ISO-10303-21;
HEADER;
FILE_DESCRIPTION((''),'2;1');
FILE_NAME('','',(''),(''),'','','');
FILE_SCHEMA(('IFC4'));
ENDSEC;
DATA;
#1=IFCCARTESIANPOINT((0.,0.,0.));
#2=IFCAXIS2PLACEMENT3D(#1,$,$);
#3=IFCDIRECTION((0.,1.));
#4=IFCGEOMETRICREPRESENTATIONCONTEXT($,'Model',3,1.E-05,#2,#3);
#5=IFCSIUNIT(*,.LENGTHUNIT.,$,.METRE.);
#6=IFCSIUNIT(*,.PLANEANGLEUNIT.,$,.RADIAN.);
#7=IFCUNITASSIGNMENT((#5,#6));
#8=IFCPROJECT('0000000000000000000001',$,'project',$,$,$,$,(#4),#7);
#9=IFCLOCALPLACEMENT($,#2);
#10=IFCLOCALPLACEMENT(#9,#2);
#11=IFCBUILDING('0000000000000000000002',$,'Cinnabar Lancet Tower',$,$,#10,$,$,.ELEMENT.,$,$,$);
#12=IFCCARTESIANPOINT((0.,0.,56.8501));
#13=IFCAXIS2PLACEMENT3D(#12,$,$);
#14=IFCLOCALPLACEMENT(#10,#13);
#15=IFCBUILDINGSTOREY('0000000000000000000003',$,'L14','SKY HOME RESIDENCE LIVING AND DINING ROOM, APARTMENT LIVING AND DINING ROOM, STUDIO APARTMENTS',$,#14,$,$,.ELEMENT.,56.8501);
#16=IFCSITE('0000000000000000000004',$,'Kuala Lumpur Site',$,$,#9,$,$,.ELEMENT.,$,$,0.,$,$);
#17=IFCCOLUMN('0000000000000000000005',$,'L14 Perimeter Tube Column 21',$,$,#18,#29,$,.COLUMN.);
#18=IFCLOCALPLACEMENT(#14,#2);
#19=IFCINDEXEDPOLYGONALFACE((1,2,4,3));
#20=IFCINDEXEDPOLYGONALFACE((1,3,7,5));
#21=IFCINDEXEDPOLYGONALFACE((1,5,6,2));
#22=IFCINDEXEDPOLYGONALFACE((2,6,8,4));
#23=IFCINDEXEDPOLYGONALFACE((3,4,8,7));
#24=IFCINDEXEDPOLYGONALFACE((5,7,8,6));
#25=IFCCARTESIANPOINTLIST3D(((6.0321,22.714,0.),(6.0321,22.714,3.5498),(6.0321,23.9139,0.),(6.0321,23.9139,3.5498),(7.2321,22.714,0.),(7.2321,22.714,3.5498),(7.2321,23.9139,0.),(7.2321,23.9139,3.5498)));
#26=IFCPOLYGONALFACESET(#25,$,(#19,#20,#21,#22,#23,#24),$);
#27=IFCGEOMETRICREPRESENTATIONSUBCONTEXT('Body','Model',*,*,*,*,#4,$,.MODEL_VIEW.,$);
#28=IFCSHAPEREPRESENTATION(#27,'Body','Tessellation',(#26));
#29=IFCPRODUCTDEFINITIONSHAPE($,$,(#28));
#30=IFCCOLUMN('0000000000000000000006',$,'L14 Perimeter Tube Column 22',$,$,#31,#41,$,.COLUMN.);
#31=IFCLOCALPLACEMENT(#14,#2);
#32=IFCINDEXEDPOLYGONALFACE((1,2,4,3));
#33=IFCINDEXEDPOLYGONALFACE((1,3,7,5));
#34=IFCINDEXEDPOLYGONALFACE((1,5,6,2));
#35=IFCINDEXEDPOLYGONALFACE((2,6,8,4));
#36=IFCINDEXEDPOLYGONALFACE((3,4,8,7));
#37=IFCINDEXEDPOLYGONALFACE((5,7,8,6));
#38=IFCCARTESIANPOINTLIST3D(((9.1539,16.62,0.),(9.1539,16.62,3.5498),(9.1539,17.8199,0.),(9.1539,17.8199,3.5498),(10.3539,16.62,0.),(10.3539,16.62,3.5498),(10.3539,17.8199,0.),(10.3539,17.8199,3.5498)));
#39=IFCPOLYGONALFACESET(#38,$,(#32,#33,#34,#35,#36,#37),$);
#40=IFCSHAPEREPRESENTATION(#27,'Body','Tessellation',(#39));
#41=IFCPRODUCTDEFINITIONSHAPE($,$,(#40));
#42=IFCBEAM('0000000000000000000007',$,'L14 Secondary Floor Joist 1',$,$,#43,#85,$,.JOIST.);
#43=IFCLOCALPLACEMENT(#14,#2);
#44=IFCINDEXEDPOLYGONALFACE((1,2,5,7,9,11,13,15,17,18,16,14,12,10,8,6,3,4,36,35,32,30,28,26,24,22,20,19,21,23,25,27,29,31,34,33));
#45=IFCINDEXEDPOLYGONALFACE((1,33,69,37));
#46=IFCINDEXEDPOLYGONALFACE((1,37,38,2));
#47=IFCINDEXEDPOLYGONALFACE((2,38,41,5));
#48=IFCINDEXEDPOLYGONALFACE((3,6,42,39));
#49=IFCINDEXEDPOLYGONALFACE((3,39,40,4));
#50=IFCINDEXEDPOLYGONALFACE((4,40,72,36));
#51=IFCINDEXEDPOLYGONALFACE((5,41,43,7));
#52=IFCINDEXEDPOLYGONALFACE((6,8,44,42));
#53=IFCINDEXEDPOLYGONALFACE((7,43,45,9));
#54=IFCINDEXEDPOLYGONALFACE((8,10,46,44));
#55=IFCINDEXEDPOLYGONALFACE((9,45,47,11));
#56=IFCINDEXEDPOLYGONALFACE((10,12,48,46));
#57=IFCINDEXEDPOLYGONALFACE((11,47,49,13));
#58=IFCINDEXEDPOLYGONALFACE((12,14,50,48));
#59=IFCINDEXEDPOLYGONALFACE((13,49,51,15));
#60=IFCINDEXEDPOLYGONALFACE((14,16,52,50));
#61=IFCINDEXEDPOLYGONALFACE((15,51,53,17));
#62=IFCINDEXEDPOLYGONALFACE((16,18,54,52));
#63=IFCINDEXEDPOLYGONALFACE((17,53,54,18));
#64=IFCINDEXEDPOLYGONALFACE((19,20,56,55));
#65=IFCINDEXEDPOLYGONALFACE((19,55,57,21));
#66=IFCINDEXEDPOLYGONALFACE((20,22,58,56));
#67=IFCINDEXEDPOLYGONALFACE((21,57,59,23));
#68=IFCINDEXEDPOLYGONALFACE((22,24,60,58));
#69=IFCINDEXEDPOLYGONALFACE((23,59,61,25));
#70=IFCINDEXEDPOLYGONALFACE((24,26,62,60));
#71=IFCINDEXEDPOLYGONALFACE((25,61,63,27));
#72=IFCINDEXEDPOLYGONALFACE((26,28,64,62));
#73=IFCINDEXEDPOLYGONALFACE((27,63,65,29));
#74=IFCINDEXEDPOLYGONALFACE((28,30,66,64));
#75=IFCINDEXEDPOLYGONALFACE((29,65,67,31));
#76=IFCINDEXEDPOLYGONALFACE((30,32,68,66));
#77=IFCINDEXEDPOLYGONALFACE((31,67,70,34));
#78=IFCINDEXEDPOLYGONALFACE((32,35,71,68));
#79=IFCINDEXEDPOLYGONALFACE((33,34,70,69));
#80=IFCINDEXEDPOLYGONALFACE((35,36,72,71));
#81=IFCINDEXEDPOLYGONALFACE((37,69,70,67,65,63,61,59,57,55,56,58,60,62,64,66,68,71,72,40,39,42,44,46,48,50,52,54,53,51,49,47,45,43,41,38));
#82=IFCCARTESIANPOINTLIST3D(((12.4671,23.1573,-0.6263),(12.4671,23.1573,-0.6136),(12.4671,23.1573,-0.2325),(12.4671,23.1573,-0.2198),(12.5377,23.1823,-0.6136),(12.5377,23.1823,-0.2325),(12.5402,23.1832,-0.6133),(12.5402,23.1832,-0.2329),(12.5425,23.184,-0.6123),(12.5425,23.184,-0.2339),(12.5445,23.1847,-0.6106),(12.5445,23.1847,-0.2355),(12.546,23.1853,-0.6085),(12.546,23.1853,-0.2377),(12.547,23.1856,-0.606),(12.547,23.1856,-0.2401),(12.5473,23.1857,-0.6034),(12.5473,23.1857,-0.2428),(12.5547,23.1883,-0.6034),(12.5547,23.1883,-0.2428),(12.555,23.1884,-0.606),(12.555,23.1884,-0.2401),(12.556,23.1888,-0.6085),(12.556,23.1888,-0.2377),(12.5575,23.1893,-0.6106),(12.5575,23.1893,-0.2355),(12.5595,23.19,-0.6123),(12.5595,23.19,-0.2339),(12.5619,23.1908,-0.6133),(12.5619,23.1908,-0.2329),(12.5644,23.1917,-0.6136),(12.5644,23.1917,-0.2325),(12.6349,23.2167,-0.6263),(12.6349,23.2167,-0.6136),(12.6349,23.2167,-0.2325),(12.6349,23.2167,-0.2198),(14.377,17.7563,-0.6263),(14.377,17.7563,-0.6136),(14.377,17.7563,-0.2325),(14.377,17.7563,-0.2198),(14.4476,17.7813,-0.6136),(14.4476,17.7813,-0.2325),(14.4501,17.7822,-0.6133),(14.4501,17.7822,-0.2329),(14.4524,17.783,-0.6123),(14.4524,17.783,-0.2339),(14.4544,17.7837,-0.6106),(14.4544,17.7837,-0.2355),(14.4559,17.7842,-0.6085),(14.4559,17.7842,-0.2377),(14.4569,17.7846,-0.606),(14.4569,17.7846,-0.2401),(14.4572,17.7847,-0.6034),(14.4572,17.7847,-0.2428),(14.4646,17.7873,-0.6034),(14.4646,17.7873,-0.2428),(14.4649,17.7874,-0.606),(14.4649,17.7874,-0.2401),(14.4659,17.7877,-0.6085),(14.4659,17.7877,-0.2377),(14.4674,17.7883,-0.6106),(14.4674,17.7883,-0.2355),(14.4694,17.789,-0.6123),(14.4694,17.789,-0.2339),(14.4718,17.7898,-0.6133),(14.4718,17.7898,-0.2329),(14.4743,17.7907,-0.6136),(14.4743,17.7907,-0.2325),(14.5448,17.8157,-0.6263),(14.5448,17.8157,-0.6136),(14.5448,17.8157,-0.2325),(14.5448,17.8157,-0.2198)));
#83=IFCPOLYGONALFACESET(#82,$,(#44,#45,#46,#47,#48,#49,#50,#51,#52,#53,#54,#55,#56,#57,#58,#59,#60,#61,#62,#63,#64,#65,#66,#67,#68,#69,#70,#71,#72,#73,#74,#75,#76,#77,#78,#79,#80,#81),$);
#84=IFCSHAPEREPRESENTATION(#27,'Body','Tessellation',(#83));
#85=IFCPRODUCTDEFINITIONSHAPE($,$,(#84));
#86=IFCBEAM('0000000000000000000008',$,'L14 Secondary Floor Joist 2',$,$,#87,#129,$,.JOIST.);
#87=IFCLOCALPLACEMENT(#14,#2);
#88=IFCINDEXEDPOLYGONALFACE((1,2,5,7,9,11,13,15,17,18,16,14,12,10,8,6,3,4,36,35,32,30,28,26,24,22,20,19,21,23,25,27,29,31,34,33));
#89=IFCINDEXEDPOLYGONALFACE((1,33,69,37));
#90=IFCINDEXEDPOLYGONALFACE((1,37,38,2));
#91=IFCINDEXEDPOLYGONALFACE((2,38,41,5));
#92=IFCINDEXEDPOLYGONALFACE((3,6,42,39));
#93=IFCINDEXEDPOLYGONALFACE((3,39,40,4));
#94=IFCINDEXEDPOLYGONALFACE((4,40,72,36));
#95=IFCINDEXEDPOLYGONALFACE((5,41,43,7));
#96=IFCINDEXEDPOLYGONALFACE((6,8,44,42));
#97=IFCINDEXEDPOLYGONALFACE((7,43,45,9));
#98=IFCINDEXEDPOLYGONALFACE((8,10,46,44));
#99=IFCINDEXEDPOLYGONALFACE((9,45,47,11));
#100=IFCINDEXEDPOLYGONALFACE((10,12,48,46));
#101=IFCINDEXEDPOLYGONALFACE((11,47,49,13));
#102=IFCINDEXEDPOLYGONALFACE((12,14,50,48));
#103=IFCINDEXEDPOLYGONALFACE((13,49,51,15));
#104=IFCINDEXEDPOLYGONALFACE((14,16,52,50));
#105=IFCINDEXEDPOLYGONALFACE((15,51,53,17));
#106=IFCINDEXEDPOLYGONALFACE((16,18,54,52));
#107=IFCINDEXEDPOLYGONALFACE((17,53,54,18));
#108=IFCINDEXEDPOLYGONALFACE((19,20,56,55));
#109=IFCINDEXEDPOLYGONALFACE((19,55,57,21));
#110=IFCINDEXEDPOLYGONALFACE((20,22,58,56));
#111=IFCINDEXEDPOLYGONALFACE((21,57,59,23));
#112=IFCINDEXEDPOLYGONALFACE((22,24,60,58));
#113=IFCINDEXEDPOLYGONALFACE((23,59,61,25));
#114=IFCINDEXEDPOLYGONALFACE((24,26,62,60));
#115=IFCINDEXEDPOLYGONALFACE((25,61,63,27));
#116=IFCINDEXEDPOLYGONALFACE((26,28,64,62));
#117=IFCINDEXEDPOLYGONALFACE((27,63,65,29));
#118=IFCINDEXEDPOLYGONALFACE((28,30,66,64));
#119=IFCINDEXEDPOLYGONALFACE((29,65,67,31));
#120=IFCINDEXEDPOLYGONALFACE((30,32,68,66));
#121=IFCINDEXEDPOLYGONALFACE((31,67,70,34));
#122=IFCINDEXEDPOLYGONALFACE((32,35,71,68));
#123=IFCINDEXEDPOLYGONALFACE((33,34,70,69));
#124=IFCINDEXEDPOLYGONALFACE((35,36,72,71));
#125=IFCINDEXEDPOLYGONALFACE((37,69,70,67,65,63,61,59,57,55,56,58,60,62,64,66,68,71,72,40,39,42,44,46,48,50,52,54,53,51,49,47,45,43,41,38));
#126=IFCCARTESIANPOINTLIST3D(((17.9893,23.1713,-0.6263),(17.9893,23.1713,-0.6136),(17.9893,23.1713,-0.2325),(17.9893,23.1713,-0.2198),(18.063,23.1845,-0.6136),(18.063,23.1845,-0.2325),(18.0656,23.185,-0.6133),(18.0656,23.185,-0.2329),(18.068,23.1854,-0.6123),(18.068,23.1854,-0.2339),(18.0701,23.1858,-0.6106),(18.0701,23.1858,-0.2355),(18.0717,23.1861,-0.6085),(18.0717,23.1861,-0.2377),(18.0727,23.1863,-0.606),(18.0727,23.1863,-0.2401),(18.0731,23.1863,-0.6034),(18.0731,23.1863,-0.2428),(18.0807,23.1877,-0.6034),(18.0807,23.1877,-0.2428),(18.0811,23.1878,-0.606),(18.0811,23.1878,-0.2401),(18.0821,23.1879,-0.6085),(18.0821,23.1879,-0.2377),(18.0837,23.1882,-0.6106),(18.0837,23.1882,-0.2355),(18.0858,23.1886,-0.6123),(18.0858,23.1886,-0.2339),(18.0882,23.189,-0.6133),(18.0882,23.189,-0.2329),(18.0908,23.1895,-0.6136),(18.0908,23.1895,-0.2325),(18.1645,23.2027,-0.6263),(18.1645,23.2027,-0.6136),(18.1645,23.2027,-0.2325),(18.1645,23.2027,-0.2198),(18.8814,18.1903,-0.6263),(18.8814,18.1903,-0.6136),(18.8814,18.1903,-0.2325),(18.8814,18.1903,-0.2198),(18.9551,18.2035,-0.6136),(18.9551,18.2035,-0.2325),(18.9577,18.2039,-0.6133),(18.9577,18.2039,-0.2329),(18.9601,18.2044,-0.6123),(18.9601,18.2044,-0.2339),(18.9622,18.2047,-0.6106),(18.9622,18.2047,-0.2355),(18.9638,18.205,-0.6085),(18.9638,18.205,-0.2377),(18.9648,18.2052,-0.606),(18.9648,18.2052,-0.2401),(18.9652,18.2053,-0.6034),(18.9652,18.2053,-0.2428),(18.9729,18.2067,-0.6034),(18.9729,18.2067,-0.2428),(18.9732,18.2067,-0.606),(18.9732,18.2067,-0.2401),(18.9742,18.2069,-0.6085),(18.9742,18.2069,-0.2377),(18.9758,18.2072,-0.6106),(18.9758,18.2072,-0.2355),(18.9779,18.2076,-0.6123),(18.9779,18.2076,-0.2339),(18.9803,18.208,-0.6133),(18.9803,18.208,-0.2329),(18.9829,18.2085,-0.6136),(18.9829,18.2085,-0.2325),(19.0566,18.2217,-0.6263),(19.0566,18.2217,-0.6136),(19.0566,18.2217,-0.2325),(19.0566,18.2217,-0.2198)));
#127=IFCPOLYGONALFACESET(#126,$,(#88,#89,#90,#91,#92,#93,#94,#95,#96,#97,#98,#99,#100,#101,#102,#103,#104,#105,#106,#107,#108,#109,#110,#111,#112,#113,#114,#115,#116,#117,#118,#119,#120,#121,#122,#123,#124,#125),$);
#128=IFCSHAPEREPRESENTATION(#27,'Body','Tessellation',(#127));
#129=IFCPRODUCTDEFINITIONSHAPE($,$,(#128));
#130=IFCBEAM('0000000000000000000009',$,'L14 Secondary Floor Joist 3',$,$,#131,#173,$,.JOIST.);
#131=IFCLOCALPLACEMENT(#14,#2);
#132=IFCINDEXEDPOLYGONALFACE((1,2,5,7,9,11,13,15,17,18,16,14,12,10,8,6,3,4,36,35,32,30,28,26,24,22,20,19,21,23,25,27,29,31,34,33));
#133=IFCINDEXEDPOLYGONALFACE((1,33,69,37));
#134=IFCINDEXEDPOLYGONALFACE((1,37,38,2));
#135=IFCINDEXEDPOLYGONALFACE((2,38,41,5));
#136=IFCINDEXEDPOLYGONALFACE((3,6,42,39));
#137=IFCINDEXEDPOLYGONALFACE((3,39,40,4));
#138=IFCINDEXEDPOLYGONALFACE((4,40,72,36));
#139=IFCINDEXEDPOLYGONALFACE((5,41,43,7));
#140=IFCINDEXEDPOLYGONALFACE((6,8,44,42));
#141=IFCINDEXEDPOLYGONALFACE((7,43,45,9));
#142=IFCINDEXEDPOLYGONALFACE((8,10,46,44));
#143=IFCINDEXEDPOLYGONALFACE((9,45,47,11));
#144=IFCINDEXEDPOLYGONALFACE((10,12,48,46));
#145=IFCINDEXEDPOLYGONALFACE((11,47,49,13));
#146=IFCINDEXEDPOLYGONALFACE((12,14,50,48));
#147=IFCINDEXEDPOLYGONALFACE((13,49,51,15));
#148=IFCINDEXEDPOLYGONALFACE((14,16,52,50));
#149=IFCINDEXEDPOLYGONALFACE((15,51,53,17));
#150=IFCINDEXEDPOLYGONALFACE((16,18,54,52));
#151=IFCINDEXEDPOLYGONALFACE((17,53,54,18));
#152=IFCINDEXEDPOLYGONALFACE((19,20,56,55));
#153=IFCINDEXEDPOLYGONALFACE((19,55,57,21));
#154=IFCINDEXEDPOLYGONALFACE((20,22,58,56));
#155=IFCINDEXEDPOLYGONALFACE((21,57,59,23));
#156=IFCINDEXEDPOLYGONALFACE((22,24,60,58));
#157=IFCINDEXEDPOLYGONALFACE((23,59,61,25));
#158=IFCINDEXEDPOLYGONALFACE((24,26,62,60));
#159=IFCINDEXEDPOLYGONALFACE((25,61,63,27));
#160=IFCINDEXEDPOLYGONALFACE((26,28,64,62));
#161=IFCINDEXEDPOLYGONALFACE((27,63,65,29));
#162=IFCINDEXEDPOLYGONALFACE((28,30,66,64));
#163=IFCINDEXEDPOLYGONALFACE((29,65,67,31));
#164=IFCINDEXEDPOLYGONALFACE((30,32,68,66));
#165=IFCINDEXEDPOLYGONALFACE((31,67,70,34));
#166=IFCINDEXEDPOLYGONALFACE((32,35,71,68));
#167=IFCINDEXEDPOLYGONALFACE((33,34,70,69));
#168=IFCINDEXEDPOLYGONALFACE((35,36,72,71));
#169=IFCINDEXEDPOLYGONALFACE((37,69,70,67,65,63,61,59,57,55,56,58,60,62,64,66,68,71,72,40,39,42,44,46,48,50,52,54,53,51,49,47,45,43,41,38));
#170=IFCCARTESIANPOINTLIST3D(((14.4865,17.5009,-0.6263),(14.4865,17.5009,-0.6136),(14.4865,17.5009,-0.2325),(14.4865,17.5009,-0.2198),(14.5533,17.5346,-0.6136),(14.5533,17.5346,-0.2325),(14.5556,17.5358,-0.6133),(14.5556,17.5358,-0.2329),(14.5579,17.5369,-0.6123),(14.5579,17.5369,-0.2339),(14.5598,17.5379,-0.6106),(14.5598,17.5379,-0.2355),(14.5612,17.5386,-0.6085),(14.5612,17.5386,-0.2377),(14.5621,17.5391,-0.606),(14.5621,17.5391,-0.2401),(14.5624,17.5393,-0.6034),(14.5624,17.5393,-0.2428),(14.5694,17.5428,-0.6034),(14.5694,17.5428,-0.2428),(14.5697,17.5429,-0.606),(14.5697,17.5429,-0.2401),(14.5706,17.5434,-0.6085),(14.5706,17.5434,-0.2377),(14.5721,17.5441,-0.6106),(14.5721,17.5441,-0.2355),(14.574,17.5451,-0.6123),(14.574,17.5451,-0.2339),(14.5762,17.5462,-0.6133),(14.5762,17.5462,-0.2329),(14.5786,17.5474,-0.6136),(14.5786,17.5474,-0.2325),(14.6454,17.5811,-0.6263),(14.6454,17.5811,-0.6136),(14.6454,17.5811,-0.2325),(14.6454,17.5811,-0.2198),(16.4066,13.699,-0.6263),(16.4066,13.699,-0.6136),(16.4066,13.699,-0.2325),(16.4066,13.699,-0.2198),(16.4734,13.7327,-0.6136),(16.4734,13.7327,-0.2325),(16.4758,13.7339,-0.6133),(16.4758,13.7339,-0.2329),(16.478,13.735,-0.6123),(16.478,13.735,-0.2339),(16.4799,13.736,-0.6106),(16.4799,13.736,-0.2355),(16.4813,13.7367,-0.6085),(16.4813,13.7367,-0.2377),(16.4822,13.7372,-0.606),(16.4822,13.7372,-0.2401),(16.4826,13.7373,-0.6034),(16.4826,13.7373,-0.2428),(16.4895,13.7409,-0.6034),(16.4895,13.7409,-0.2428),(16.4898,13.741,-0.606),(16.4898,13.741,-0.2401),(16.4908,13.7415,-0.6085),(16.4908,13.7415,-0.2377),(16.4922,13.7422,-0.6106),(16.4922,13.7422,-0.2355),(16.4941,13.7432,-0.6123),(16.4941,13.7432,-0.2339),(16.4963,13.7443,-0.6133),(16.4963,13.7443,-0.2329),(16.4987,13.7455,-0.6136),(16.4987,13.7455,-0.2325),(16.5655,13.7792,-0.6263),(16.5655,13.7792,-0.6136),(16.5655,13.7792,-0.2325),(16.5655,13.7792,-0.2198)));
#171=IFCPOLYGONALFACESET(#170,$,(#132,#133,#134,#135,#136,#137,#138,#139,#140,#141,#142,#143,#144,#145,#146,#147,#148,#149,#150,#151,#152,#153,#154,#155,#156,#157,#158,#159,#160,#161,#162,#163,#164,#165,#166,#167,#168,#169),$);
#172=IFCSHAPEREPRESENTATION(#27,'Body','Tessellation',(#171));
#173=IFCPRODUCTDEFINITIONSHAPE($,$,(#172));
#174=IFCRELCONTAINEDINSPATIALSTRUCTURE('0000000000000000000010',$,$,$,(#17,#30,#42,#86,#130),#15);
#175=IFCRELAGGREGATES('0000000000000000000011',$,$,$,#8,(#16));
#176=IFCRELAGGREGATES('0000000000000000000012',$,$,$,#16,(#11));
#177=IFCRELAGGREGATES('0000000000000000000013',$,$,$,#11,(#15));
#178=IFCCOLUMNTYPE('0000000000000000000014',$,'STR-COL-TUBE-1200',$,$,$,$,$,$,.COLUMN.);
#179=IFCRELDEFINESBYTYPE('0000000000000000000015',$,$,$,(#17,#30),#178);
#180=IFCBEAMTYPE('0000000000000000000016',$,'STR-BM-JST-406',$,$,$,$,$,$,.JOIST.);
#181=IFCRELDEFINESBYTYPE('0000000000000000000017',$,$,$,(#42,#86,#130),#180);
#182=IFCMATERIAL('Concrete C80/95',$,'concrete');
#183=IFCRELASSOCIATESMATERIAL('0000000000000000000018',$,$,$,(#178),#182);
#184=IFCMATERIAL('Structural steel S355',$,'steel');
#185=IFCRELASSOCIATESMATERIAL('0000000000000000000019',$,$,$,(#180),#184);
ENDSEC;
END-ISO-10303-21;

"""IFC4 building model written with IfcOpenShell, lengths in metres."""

from ifc_helpers import new_model, si_unit, direction, frame, origin, origin_2d, place, context, subcontext, project, spatial, rectangle, i_section, extrude, material, material_profile, profile_set, type_object, element, save


model = new_model("IFC4")

# Units and contexts
model_context = context("Model", 3, precision=1e-05, world=origin(), true_north=direction((0.0, 1.0)))
body_context = subcontext(model_context, "Body", "Model", "MODEL_VIEW")
ifc_project = project(units=[si_unit("LENGTHUNIT", "METRE"), si_unit("PLANEANGLEUNIT", "RADIAN")], contexts=[model_context])

# Site, building, storey
site_placement = place(None, origin())
site = spatial("IfcSite", under=ifc_project, at=site_placement, Name="Kuala Lumpur Site", CompositionType="ELEMENT", RefElevation=0.0)
building_placement = place(site_placement, origin())
building = spatial("IfcBuilding", under=site, at=building_placement, Name="Cinnabar Lancet Tower", CompositionType="ELEMENT")
storey_placement = place(building_placement, frame((0.0, 0.0, 56.8501)))
storey = spatial("IfcBuildingStorey", under=building, at=storey_placement, Name="L14", Description="SKY HOME RESIDENCE LIVING AND DINING ROOM, APARTMENT LIVING AND DINING ROOM, STUDIO APARTMENTS", CompositionType="ELEMENT", Elevation=56.8501)

# Columns
ifc_material_1 = material(Name="Concrete C80/95", Category="concrete")
ifc_material_profile_1 = material_profile(ifc_material_1, rectangle(XDim=1.2, YDim=1.2, at=origin_2d()), Name="RC-COL 1200x1200")
ifc_profile_set_1 = profile_set([ifc_material_profile_1], Name="Concrete C80/95")
column_type = type_object("IfcColumnType", Name="STR-COL-TUBE-1200", PredefinedType="COLUMN", material=ifc_profile_set_1)
for number, where, z_axis, x_axis, name in (
    (1, (6.6321, 23.314, 0.0), (0.0, 0.0, 1.0), (1.0, 0.0, 0.0), "L14 Perimeter Tube Column 21"),
    (2, (9.7539, 17.22, 0.0), (0.0, 0.0, 1.0), (1.0, 0.0, 0.0), "L14 Perimeter Tube Column 22"),
):
    element("IfcColumn", number, at=place(storey_placement, frame(where, z_axis=z_axis, x_axis=x_axis)), inside=storey, type_object=column_type, Name=name, PredefinedType="COLUMN", context=body_context, shape_type="SweptSolid", body=[
        extrude(rectangle(XDim=1.2, YDim=1.2, at=origin_2d()), origin(), (0.0, 0.0, 1.0), 3.5498),
    ])

# Beams
ifc_material_2 = material(Name="Structural steel S355", Category="steel")
ifc_material_profile_2 = material_profile(ifc_material_2, i_section(OverallWidth=0.178, OverallDepth=0.4065, WebThickness=0.0078, FlangeThickness=0.0127, FilletRadius=0.0103, at=origin_2d()), Name="UKB 406x178x60")
ifc_profile_set_2 = profile_set([ifc_material_profile_2], Name="Structural steel S355")
beam_type_1 = type_object("IfcBeamType", Name="STR-BM-JST-406", PredefinedType="JOIST", material=ifc_profile_set_2)
beam_1_placement = place(storey_placement, frame((12.551, 23.187, -0.4231), z_axis=(0.333384, -0.942791, 0.0), x_axis=(0.942791, 0.333384, 0.0)))
element("IfcBeam", 3, at=beam_1_placement, inside=storey, type_object=beam_type_1, Name="L14 Secondary Floor Joist 1", PredefinedType="JOIST", context=body_context, shape_type="SweptSolid", body=[
    extrude(i_section(OverallWidth=0.178, OverallDepth=0.4065, WebThickness=0.0078, FlangeThickness=0.0127, FilletRadius=0.0103, at=origin_2d()), origin(), (0.0, 0.0, 1.0), 5.7288),
])
beam_2_placement = place(storey_placement, frame((18.0769, 23.187, -0.4231), z_axis=(0.176295, -0.984337, 0.0), x_axis=(0.984337, 0.176295, 0.0)))
element("IfcBeam", 4, at=beam_2_placement, inside=storey, type_object=beam_type_1, Name="L14 Secondary Floor Joist 2", PredefinedType="JOIST", context=body_context, shape_type="SweptSolid", body=[
    extrude(i_section(OverallWidth=0.178, OverallDepth=0.4065, WebThickness=0.0078, FlangeThickness=0.0127, FilletRadius=0.0103, at=origin_2d()), origin(), (0.0, 0.0, 1.0), 5.0603),
])
beam_3_placement = place(storey_placement, frame((14.5659, 17.541, -0.4231), z_axis=(0.45081, -0.89262, 0.0), x_axis=(0.89262, 0.45081, 0.0)))
element("IfcBeam", 5, at=beam_3_placement, inside=storey, type_object=beam_type_1, Name="L14 Secondary Floor Joist 3", PredefinedType="JOIST", context=body_context, shape_type="SweptSolid", body=[
    extrude(i_section(OverallWidth=0.178, OverallDepth=0.4065, WebThickness=0.0078, FlangeThickness=0.0127, FilletRadius=0.0103, at=origin_2d()), origin(), (0.0, 0.0, 1.0), 4.2593),
])

save(model, "model.ifc")
